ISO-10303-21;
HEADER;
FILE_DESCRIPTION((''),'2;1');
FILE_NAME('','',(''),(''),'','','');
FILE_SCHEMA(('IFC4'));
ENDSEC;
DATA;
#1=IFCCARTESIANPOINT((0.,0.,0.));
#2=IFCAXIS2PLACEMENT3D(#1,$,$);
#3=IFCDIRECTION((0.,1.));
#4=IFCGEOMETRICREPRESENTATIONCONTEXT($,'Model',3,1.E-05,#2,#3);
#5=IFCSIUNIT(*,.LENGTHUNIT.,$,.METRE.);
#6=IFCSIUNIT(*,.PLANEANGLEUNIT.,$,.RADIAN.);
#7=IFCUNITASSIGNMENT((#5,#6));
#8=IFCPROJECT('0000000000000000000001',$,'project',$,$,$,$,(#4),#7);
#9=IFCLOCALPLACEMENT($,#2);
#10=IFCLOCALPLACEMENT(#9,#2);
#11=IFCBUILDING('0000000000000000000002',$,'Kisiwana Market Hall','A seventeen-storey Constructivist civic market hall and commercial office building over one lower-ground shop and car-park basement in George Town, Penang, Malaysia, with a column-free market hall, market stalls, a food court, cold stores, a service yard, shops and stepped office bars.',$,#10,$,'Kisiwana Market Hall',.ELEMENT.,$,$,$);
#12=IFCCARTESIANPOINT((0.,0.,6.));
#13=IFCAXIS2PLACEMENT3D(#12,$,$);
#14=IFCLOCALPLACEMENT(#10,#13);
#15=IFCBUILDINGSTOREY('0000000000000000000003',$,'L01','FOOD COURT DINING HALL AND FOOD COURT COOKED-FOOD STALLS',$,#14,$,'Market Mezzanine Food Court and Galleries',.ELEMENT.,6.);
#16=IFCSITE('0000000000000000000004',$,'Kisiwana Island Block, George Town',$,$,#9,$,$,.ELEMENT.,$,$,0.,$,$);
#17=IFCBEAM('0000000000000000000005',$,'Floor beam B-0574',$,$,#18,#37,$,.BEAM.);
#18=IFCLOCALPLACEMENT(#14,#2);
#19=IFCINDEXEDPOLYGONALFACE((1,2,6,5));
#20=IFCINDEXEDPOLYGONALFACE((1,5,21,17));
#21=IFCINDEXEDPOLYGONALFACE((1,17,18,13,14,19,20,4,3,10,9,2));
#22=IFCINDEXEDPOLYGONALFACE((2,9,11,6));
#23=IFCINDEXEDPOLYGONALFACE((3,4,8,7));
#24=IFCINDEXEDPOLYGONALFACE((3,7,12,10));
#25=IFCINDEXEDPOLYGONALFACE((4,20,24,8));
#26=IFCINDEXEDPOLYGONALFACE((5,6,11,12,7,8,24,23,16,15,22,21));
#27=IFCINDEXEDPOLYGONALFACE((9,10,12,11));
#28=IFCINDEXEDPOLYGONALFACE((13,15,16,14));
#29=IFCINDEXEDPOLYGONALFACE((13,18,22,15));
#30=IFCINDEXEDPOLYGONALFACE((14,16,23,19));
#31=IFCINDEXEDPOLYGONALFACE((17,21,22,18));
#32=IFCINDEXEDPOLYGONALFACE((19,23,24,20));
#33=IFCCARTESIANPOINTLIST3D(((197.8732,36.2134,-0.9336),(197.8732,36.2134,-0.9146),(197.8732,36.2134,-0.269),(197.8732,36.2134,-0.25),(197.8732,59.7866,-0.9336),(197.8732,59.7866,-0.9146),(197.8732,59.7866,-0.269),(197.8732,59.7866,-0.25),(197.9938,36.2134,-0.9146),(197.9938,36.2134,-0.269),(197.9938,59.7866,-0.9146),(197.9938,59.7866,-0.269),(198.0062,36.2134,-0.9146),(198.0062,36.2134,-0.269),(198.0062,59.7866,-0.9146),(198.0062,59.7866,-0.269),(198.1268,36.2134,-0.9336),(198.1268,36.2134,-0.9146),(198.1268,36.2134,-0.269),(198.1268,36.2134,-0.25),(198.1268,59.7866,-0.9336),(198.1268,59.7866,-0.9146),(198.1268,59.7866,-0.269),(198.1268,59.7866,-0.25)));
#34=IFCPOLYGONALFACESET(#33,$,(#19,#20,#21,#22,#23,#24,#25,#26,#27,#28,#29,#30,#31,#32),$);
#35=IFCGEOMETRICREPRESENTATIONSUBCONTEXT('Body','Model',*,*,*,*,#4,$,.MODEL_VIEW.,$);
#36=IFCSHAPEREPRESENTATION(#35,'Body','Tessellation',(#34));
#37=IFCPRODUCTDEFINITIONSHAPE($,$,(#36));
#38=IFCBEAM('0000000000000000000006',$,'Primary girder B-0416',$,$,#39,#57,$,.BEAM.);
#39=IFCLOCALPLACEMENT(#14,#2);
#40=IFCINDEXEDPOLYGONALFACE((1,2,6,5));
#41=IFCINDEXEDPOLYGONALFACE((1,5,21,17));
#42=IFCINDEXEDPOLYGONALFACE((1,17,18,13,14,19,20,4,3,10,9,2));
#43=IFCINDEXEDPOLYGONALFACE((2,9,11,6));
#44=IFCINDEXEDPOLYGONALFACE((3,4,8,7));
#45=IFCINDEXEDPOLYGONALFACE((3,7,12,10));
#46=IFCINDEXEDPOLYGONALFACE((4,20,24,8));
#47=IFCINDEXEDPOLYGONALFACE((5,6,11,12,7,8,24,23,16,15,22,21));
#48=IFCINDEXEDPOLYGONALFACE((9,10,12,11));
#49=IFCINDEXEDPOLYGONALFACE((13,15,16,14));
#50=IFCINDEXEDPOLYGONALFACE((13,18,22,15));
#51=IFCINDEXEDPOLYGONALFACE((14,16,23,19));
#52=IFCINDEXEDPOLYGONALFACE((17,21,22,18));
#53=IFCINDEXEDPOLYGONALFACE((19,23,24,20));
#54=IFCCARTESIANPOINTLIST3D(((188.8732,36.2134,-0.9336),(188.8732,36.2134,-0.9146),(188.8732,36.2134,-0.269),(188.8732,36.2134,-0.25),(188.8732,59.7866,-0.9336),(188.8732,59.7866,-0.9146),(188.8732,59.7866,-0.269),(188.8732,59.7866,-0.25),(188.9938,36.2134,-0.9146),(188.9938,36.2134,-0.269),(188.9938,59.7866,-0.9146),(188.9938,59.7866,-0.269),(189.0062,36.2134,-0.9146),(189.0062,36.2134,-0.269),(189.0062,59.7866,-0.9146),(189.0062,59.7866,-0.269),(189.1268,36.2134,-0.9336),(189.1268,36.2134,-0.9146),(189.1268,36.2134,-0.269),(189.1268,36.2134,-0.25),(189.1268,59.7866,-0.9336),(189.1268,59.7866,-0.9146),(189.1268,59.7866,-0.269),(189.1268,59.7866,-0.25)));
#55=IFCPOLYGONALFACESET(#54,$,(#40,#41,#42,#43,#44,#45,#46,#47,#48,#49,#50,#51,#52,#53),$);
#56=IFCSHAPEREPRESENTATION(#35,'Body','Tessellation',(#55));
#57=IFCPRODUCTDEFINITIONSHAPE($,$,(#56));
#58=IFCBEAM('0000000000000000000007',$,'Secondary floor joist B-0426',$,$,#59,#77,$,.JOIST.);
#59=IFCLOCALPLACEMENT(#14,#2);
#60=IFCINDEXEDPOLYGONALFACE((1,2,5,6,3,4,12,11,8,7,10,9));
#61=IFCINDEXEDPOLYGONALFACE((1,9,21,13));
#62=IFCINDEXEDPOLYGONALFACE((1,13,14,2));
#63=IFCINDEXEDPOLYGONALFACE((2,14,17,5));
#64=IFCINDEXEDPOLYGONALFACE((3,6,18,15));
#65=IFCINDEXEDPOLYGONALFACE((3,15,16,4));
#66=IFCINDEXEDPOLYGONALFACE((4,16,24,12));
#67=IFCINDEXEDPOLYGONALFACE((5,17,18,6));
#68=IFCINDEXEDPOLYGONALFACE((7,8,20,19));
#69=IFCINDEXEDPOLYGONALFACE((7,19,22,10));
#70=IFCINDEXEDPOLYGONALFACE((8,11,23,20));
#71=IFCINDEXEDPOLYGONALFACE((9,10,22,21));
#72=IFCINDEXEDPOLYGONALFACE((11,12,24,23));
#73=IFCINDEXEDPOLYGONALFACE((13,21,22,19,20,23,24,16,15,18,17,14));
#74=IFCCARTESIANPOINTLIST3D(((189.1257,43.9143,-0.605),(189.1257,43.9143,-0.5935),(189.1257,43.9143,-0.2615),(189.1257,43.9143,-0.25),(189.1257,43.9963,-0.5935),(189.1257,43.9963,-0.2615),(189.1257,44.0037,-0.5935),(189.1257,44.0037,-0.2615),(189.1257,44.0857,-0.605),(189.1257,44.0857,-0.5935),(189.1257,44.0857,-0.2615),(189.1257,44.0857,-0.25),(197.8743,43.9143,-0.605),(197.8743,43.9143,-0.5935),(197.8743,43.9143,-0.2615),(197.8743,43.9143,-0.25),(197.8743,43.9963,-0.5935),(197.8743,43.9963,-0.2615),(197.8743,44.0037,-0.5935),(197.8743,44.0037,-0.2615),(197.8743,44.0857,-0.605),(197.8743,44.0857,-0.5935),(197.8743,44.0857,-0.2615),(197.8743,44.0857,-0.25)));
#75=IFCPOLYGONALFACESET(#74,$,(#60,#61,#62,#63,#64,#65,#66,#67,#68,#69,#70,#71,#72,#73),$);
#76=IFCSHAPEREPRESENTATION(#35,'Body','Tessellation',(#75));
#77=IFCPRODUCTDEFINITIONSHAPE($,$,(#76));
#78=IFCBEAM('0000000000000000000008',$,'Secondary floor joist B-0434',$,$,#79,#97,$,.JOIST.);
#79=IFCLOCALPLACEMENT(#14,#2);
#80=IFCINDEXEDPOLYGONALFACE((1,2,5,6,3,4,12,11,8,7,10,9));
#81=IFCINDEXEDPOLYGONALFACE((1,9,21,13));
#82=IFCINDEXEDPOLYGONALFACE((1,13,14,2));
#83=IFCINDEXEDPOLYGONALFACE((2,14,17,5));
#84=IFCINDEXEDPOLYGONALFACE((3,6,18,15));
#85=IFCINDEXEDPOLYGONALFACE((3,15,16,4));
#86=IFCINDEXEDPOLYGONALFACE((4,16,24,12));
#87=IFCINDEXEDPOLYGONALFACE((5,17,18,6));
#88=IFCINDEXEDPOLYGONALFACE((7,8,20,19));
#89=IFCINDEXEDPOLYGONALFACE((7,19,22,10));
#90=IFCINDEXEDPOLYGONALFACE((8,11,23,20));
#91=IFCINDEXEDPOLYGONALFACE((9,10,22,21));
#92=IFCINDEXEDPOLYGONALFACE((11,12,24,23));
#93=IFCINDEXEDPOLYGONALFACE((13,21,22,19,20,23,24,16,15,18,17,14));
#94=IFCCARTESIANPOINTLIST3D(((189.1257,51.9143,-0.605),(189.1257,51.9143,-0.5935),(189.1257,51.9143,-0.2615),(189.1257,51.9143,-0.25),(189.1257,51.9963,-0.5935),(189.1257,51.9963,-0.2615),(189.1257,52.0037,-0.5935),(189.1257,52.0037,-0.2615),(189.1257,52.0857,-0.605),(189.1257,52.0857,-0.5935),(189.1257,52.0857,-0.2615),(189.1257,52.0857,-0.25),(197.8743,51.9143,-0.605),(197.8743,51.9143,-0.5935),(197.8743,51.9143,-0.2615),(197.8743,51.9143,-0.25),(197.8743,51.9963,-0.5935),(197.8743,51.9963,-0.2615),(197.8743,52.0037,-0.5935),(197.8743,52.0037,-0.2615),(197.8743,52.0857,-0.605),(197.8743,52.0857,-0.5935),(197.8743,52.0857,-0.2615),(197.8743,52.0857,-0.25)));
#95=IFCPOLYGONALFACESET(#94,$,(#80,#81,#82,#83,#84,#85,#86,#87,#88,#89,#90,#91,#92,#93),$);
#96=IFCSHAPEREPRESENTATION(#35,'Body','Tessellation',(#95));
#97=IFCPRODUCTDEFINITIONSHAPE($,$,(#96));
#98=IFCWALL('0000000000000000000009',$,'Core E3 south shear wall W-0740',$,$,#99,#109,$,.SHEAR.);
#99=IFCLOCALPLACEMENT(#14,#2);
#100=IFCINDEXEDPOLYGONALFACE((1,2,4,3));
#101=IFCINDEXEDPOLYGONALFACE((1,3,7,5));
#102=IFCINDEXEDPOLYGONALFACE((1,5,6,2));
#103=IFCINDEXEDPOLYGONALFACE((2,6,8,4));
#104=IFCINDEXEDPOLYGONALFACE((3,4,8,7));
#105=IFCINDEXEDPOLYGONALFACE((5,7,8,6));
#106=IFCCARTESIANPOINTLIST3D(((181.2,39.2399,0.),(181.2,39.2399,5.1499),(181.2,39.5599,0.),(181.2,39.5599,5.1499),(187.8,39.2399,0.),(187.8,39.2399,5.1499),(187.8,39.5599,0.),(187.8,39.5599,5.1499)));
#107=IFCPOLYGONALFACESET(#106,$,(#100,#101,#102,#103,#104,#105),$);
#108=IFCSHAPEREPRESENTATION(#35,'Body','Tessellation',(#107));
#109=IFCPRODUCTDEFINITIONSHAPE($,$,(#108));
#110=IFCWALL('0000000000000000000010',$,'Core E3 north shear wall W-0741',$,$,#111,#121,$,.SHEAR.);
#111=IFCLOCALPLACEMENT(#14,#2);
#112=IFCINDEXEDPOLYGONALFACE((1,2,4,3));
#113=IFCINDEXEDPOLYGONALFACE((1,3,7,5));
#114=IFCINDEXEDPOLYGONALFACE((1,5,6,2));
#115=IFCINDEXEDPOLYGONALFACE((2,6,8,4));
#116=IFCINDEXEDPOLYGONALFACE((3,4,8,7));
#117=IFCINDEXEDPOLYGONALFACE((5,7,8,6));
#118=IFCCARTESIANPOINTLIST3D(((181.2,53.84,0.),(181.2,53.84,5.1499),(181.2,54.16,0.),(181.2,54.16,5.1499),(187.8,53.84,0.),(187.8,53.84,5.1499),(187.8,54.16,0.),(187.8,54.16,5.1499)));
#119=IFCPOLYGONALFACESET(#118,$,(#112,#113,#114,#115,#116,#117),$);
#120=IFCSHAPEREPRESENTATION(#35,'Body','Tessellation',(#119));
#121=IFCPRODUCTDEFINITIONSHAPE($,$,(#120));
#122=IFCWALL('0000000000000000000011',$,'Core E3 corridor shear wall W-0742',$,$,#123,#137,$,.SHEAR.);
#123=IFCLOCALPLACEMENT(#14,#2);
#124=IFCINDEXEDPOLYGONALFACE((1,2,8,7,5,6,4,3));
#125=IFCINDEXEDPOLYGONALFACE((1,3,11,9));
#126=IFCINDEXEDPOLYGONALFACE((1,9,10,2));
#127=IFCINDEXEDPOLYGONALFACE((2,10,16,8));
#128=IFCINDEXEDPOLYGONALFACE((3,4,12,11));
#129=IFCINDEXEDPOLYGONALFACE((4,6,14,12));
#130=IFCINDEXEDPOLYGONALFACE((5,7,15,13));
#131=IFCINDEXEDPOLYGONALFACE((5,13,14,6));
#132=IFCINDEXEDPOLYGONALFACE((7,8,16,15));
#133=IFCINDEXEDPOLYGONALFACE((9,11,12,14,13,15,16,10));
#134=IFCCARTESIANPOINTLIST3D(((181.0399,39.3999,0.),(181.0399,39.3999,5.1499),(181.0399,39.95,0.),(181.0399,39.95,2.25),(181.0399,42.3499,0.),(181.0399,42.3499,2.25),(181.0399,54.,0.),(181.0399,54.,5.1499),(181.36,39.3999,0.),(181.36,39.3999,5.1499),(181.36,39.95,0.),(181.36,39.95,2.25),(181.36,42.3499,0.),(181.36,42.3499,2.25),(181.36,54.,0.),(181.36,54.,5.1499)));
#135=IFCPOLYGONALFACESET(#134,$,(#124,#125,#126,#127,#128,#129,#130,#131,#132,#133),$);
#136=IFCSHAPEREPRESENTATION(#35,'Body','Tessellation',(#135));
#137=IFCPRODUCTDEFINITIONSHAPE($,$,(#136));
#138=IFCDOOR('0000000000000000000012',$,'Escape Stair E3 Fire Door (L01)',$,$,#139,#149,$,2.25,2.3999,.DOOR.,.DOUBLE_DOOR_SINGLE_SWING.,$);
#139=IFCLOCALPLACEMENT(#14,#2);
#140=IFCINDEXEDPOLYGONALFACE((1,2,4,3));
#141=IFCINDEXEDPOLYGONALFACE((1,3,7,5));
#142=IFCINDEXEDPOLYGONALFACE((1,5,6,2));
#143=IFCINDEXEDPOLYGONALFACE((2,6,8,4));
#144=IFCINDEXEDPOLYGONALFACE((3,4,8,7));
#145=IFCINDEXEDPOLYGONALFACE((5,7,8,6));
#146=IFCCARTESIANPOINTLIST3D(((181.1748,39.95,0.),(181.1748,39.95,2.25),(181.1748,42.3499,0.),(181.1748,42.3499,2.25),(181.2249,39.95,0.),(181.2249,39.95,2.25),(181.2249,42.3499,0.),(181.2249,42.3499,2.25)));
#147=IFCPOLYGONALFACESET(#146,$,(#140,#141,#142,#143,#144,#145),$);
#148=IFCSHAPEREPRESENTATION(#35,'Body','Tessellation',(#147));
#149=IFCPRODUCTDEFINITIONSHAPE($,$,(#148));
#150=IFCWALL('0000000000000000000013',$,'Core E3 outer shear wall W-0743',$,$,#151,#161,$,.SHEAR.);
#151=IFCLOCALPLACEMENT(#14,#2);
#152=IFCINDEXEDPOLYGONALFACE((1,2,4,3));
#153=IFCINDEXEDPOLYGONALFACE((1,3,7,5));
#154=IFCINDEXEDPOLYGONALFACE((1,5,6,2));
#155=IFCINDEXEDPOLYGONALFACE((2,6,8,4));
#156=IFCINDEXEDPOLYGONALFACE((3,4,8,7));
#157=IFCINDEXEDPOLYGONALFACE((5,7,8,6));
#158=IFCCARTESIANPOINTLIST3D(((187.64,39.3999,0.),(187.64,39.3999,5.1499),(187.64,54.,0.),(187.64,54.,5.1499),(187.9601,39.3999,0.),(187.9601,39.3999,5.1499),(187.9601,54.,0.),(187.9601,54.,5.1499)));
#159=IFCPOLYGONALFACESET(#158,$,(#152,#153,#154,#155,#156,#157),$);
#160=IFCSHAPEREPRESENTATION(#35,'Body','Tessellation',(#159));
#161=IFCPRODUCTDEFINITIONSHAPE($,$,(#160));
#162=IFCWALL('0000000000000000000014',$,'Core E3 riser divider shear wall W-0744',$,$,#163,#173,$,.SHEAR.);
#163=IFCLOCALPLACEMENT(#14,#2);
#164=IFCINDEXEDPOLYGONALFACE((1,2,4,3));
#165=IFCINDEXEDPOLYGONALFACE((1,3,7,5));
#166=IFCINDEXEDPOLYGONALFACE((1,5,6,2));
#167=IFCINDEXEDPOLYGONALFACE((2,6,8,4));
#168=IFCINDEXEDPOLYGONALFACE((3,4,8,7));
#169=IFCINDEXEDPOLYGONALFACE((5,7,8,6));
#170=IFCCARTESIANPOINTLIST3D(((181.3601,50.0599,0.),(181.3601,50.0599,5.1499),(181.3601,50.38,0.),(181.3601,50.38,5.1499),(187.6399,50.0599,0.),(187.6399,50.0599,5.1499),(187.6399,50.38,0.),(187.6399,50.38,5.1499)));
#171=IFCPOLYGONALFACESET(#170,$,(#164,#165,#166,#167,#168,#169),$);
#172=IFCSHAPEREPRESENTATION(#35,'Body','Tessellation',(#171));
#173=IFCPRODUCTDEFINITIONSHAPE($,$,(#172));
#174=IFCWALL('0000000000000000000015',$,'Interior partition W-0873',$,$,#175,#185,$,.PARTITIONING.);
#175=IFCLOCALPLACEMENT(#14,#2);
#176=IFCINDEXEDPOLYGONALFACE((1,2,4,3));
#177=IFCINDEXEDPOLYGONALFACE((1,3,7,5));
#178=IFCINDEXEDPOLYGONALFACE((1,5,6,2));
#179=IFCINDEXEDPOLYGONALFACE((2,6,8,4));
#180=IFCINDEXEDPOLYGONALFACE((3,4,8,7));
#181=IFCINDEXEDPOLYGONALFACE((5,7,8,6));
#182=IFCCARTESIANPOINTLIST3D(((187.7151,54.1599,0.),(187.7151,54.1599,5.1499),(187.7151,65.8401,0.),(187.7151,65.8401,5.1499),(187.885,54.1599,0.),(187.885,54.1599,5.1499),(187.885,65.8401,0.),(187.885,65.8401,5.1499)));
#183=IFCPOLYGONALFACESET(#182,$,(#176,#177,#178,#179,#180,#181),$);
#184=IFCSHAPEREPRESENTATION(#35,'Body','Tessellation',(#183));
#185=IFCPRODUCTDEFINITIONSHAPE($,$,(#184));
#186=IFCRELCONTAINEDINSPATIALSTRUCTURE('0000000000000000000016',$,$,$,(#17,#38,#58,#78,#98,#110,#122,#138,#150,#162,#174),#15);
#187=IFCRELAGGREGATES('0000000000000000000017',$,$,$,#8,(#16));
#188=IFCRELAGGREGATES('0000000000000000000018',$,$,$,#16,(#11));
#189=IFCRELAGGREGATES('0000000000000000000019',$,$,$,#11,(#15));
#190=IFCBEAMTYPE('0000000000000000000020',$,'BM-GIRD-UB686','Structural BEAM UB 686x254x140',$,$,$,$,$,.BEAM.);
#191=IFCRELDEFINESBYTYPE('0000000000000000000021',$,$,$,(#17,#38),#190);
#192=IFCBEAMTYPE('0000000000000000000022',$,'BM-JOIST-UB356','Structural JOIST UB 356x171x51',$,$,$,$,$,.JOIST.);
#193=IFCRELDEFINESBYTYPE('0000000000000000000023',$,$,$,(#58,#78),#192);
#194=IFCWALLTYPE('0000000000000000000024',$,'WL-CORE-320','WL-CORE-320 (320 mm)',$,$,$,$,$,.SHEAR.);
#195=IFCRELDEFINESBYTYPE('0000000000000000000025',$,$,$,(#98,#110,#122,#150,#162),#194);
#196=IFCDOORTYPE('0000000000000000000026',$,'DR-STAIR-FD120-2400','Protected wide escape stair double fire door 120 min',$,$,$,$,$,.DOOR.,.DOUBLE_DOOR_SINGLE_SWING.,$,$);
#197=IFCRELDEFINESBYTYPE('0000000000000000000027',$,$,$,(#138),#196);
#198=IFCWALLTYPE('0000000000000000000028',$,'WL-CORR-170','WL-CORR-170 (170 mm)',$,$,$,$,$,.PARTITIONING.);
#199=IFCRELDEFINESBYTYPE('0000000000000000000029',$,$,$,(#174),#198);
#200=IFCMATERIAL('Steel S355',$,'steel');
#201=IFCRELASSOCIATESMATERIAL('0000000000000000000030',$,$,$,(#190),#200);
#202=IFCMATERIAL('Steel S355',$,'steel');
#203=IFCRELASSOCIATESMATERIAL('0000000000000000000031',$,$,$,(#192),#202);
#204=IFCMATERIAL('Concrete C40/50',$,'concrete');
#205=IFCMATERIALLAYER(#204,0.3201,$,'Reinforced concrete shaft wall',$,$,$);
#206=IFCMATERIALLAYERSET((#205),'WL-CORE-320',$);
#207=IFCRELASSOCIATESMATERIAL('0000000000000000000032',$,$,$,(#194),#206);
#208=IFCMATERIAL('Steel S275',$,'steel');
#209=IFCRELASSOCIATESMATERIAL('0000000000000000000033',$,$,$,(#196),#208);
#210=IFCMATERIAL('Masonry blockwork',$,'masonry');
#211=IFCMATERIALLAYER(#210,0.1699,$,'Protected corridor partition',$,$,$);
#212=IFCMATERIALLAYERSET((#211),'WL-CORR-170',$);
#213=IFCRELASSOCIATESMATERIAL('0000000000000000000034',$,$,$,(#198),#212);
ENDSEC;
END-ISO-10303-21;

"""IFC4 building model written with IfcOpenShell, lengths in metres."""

from ifc_helpers import new_model, si_unit, direction, frame, frame_2d, origin, origin_2d, place, context, subcontext, project, spatial, rectangle, i_section, extrude, material, layer, layer_set, material_profile, profile_set, type_object, element, fill, save


model = new_model("IFC4")

# Units and contexts
model_context = context("Model", 3, precision=1e-05, world=origin(), true_north=direction((0.0, 1.0)))
body_context = subcontext(model_context, "Body", "Model", "MODEL_VIEW")
ifc_project = project(units=[si_unit("LENGTHUNIT", "METRE"), si_unit("PLANEANGLEUNIT", "RADIAN")], contexts=[model_context])

# Site, building, storey
site_placement = place(None, origin())
site = spatial("IfcSite", under=ifc_project, at=site_placement, Name="Kisiwana Island Block, George Town", CompositionType="ELEMENT", RefElevation=0.0)
building_placement = place(site_placement, origin())
building = spatial("IfcBuilding", under=site, at=building_placement, Name="Kisiwana Market Hall", Description="A seventeen-storey Constructivist civic market hall and commercial office building over one lower-ground shop and car-park basement in George Town, Penang, Malaysia, with a column-free market hall, market stalls, a food court, cold stores, a service yard, shops and stepped office bars.", LongName="Kisiwana Market Hall", CompositionType="ELEMENT")
storey_placement = place(building_placement, frame((0.0, 0.0, 6.0)))
storey = spatial("IfcBuildingStorey", under=building, at=storey_placement, Name="L01", Description="FOOD COURT DINING HALL AND FOOD COURT COOKED-FOOD STALLS", LongName="Market Mezzanine Food Court and Galleries", CompositionType="ELEMENT", Elevation=6.0)

# Beams
ifc_material_1 = material(Name="Steel S355", Category="steel")
ifc_material_profile_1 = material_profile(ifc_material_1, i_section(OverallWidth=0.2537, OverallDepth=0.6836, WebThickness=0.0125, FlangeThickness=0.019, at=origin_2d()), Name="UB 686x254x140")
ifc_profile_set_1 = profile_set([ifc_material_profile_1], Name="Steel S355")
beam_type_1 = type_object("IfcBeamType", Name="BM-GIRD-UB686", Description="Structural BEAM UB 686x254x140", PredefinedType="BEAM", material=ifc_profile_set_1)
for number, where, z_axis, x_axis, name in (
    (1, (198.0, 36.2134, -0.5918), (0.0, 1.0, 0.0), (-1.0, 0.0, 0.0), "Floor beam B-0574"),
    (2, (189.0, 36.2134, -0.5918), (0.0, 1.0, 0.0), (-1.0, 0.0, 0.0), "Primary girder B-0416"),
):
    element("IfcBeam", number, at=place(storey_placement, frame(where, z_axis=z_axis, x_axis=x_axis)), inside=storey, type_object=beam_type_1, Name=name, PredefinedType="BEAM", context=body_context, shape_type="SweptSolid", body=[
        extrude(i_section(OverallWidth=0.2537, OverallDepth=0.6836, WebThickness=0.0125, FlangeThickness=0.019, at=origin_2d()), origin(), (0.0, 0.0, 1.0), 23.5732),
    ])
ifc_material_2 = material(Name="Steel S355", Category="steel")
ifc_material_profile_2 = material_profile(ifc_material_2, i_section(OverallWidth=0.1714, OverallDepth=0.355, WebThickness=0.0073, FlangeThickness=0.0115, at=origin_2d()), Name="UB 356x171x51")
ifc_profile_set_2 = profile_set([ifc_material_profile_2], Name="Steel S355")
beam_type_2 = type_object("IfcBeamType", Name="BM-JOIST-UB356", Description="Structural JOIST UB 356x171x51", PredefinedType="JOIST", material=ifc_profile_set_2)
for number, where, z_axis, x_axis, name in (
    (3, (189.1257, 44.0, -0.4275), (1.0, 0.0, 0.0), (0.0, 1.0, 0.0), "Secondary floor joist B-0426"),
    (4, (189.1257, 52.0, -0.4275), (1.0, 0.0, 0.0), (0.0, 1.0, 0.0), "Secondary floor joist B-0434"),
):
    element("IfcBeam", number, at=place(storey_placement, frame(where, z_axis=z_axis, x_axis=x_axis)), inside=storey, type_object=beam_type_2, Name=name, PredefinedType="JOIST", context=body_context, shape_type="SweptSolid", body=[
        extrude(i_section(OverallWidth=0.1714, OverallDepth=0.355, WebThickness=0.0073, FlangeThickness=0.0115, at=origin_2d()), origin(), (0.0, 0.0, 1.0), 8.7485),
    ])

# Walls
ifc_material_3 = material(Name="Concrete C40/50", Category="concrete")
ifc_layer_1 = layer(ifc_material_3, 0.3201, Name="Reinforced concrete shaft wall")
ifc_layer_set_1 = layer_set([ifc_layer_1], Name="WL-CORE-320")
wall_type_1 = type_object("IfcWallType", Name="WL-CORE-320", Description="WL-CORE-320 (320 mm)", PredefinedType="SHEAR", material=ifc_layer_set_1)
for number, where, z_axis, x_axis, name in (
    (5, (181.2, 39.3999, 0.0), (0.0, 0.0, 1.0), (1.0, 0.0, 0.0), "Core E3 south shear wall W-0740"),
    (6, (181.2, 54.0, 0.0), (0.0, 0.0, 1.0), (1.0, 0.0, 0.0), "Core E3 north shear wall W-0741"),
):
    element("IfcWall", number, at=place(storey_placement, frame(where, z_axis=z_axis, x_axis=x_axis)), inside=storey, type_object=wall_type_1, Name=name, PredefinedType="SHEAR", context=body_context, shape_type="SweptSolid", body=[
        extrude(rectangle(XDim=6.6001, YDim=0.3201, at=frame_2d((3.3, 0.0))), origin(), (0.0, 0.0, 1.0), 5.1499),
    ])

# Wall, opening, door
wall_1_placement = place(storey_placement, frame((181.2, 39.3999, 0.0), z_axis=(0.0, 0.0, 1.0), x_axis=(0.0, 1.0, 0.0)))
wall_1 = element("IfcWall", 7, at=wall_1_placement, inside=storey, type_object=wall_type_1, Name="Core E3 corridor shear wall W-0742", PredefinedType="SHEAR", context=body_context, shape_type="SweptSolid", body=[
    extrude(rectangle(XDim=14.6001, YDim=0.3201, at=frame_2d((7.3, 0.0))), origin(), (0.0, 0.0, 1.0), 5.1499),
])
opening_1_placement = place(wall_1_placement, frame((0.55, 0.0, 0.0)))
opening_1 = element("IfcOpeningElement", 8, at=opening_1_placement, cuts=wall_1, PredefinedType="OPENING", context=body_context, shape_type="SweptSolid", body=[
    extrude(rectangle(XDim=2.3999, YDim=2.25, at=frame_2d((1.2, 1.125))), frame((0.0, 0.1719, 0.0), z_axis=(0.0, -1.0, 0.0), x_axis=(1.0, 0.0, 0.0)), (0.0, 0.0, 1.0), 0.344),
])
ifc_material_4 = material(Name="Steel S275", Category="steel")
door_type_1 = type_object("IfcDoorType", Name="DR-STAIR-FD120-2400", Description="Protected wide escape stair double fire door 120 min", OperationType="DOUBLE_DOOR_SINGLE_SWING", PredefinedType="DOOR", material=ifc_material_4)
door_1_placement = place(opening_1_placement, frame((2.3999, 0.0, 0.0), z_axis=(0.0, 0.0, 1.0), x_axis=(-1.0, 0.0, 0.0)))
door_1 = element("IfcDoor", 9, at=door_1_placement, inside=storey, type_object=door_type_1, Name="Escape Stair E3 Fire Door (L01)", OperationType="DOUBLE_DOOR_SINGLE_SWING", OverallHeight=2.25, OverallWidth=2.3999, PredefinedType="DOOR", context=body_context, shape_type="SweptSolid", body=[
    extrude(rectangle(XDim=2.3999, YDim=2.25, at=frame_2d((1.2, 1.125))), frame((0.0, 0.0249, 0.0), z_axis=(0.0, -1.0, 0.0), x_axis=(1.0, 0.0, 0.0)), (0.0, 0.0, 1.0), 0.05),
])
fill(opening_1, door_1)

# Walls
wall_2_placement = place(storey_placement, frame((187.8, 39.3999, 0.0), z_axis=(0.0, 0.0, 1.0), x_axis=(0.0, 1.0, 0.0)))
element("IfcWall", 10, at=wall_2_placement, inside=storey, type_object=wall_type_1, Name="Core E3 outer shear wall W-0743", PredefinedType="SHEAR", context=body_context, shape_type="SweptSolid", body=[
    extrude(rectangle(XDim=14.6001, YDim=0.3201, at=frame_2d((7.3, 0.0))), origin(), (0.0, 0.0, 1.0), 5.1499),
])
wall_3_placement = place(storey_placement, frame((181.3601, 50.22, 0.0), z_axis=(0.0, 0.0, 1.0), x_axis=(1.0, 0.0, 0.0)))
element("IfcWall", 11, at=wall_3_placement, inside=storey, type_object=wall_type_1, Name="Core E3 riser divider shear wall W-0744", PredefinedType="SHEAR", context=body_context, shape_type="SweptSolid", body=[
    extrude(rectangle(XDim=6.2798, YDim=0.3201, at=frame_2d((3.1399, 0.0))), origin(), (0.0, 0.0, 1.0), 5.1499),
])
ifc_material_5 = material(Name="Masonry blockwork", Category="masonry")
ifc_layer_2 = layer(ifc_material_5, 0.1699, Name="Protected corridor partition")
ifc_layer_set_2 = layer_set([ifc_layer_2], Name="WL-CORR-170")
wall_type_2 = type_object("IfcWallType", Name="WL-CORR-170", Description="WL-CORR-170 (170 mm)", PredefinedType="PARTITIONING", material=ifc_layer_set_2)
wall_4_placement = place(storey_placement, frame((187.8, 54.1599, 0.0), z_axis=(0.0, 0.0, 1.0), x_axis=(0.0, 1.0, 0.0)))
element("IfcWall", 12, at=wall_4_placement, inside=storey, type_object=wall_type_2, Name="Interior partition W-0873", PredefinedType="PARTITIONING", context=body_context, shape_type="SweptSolid", body=[
    extrude(rectangle(XDim=11.6802, YDim=0.1699, at=frame_2d((5.8401, 0.0))), origin(), (0.0, 0.0, 1.0), 5.1499),
])

save(model, "model.ifc")
